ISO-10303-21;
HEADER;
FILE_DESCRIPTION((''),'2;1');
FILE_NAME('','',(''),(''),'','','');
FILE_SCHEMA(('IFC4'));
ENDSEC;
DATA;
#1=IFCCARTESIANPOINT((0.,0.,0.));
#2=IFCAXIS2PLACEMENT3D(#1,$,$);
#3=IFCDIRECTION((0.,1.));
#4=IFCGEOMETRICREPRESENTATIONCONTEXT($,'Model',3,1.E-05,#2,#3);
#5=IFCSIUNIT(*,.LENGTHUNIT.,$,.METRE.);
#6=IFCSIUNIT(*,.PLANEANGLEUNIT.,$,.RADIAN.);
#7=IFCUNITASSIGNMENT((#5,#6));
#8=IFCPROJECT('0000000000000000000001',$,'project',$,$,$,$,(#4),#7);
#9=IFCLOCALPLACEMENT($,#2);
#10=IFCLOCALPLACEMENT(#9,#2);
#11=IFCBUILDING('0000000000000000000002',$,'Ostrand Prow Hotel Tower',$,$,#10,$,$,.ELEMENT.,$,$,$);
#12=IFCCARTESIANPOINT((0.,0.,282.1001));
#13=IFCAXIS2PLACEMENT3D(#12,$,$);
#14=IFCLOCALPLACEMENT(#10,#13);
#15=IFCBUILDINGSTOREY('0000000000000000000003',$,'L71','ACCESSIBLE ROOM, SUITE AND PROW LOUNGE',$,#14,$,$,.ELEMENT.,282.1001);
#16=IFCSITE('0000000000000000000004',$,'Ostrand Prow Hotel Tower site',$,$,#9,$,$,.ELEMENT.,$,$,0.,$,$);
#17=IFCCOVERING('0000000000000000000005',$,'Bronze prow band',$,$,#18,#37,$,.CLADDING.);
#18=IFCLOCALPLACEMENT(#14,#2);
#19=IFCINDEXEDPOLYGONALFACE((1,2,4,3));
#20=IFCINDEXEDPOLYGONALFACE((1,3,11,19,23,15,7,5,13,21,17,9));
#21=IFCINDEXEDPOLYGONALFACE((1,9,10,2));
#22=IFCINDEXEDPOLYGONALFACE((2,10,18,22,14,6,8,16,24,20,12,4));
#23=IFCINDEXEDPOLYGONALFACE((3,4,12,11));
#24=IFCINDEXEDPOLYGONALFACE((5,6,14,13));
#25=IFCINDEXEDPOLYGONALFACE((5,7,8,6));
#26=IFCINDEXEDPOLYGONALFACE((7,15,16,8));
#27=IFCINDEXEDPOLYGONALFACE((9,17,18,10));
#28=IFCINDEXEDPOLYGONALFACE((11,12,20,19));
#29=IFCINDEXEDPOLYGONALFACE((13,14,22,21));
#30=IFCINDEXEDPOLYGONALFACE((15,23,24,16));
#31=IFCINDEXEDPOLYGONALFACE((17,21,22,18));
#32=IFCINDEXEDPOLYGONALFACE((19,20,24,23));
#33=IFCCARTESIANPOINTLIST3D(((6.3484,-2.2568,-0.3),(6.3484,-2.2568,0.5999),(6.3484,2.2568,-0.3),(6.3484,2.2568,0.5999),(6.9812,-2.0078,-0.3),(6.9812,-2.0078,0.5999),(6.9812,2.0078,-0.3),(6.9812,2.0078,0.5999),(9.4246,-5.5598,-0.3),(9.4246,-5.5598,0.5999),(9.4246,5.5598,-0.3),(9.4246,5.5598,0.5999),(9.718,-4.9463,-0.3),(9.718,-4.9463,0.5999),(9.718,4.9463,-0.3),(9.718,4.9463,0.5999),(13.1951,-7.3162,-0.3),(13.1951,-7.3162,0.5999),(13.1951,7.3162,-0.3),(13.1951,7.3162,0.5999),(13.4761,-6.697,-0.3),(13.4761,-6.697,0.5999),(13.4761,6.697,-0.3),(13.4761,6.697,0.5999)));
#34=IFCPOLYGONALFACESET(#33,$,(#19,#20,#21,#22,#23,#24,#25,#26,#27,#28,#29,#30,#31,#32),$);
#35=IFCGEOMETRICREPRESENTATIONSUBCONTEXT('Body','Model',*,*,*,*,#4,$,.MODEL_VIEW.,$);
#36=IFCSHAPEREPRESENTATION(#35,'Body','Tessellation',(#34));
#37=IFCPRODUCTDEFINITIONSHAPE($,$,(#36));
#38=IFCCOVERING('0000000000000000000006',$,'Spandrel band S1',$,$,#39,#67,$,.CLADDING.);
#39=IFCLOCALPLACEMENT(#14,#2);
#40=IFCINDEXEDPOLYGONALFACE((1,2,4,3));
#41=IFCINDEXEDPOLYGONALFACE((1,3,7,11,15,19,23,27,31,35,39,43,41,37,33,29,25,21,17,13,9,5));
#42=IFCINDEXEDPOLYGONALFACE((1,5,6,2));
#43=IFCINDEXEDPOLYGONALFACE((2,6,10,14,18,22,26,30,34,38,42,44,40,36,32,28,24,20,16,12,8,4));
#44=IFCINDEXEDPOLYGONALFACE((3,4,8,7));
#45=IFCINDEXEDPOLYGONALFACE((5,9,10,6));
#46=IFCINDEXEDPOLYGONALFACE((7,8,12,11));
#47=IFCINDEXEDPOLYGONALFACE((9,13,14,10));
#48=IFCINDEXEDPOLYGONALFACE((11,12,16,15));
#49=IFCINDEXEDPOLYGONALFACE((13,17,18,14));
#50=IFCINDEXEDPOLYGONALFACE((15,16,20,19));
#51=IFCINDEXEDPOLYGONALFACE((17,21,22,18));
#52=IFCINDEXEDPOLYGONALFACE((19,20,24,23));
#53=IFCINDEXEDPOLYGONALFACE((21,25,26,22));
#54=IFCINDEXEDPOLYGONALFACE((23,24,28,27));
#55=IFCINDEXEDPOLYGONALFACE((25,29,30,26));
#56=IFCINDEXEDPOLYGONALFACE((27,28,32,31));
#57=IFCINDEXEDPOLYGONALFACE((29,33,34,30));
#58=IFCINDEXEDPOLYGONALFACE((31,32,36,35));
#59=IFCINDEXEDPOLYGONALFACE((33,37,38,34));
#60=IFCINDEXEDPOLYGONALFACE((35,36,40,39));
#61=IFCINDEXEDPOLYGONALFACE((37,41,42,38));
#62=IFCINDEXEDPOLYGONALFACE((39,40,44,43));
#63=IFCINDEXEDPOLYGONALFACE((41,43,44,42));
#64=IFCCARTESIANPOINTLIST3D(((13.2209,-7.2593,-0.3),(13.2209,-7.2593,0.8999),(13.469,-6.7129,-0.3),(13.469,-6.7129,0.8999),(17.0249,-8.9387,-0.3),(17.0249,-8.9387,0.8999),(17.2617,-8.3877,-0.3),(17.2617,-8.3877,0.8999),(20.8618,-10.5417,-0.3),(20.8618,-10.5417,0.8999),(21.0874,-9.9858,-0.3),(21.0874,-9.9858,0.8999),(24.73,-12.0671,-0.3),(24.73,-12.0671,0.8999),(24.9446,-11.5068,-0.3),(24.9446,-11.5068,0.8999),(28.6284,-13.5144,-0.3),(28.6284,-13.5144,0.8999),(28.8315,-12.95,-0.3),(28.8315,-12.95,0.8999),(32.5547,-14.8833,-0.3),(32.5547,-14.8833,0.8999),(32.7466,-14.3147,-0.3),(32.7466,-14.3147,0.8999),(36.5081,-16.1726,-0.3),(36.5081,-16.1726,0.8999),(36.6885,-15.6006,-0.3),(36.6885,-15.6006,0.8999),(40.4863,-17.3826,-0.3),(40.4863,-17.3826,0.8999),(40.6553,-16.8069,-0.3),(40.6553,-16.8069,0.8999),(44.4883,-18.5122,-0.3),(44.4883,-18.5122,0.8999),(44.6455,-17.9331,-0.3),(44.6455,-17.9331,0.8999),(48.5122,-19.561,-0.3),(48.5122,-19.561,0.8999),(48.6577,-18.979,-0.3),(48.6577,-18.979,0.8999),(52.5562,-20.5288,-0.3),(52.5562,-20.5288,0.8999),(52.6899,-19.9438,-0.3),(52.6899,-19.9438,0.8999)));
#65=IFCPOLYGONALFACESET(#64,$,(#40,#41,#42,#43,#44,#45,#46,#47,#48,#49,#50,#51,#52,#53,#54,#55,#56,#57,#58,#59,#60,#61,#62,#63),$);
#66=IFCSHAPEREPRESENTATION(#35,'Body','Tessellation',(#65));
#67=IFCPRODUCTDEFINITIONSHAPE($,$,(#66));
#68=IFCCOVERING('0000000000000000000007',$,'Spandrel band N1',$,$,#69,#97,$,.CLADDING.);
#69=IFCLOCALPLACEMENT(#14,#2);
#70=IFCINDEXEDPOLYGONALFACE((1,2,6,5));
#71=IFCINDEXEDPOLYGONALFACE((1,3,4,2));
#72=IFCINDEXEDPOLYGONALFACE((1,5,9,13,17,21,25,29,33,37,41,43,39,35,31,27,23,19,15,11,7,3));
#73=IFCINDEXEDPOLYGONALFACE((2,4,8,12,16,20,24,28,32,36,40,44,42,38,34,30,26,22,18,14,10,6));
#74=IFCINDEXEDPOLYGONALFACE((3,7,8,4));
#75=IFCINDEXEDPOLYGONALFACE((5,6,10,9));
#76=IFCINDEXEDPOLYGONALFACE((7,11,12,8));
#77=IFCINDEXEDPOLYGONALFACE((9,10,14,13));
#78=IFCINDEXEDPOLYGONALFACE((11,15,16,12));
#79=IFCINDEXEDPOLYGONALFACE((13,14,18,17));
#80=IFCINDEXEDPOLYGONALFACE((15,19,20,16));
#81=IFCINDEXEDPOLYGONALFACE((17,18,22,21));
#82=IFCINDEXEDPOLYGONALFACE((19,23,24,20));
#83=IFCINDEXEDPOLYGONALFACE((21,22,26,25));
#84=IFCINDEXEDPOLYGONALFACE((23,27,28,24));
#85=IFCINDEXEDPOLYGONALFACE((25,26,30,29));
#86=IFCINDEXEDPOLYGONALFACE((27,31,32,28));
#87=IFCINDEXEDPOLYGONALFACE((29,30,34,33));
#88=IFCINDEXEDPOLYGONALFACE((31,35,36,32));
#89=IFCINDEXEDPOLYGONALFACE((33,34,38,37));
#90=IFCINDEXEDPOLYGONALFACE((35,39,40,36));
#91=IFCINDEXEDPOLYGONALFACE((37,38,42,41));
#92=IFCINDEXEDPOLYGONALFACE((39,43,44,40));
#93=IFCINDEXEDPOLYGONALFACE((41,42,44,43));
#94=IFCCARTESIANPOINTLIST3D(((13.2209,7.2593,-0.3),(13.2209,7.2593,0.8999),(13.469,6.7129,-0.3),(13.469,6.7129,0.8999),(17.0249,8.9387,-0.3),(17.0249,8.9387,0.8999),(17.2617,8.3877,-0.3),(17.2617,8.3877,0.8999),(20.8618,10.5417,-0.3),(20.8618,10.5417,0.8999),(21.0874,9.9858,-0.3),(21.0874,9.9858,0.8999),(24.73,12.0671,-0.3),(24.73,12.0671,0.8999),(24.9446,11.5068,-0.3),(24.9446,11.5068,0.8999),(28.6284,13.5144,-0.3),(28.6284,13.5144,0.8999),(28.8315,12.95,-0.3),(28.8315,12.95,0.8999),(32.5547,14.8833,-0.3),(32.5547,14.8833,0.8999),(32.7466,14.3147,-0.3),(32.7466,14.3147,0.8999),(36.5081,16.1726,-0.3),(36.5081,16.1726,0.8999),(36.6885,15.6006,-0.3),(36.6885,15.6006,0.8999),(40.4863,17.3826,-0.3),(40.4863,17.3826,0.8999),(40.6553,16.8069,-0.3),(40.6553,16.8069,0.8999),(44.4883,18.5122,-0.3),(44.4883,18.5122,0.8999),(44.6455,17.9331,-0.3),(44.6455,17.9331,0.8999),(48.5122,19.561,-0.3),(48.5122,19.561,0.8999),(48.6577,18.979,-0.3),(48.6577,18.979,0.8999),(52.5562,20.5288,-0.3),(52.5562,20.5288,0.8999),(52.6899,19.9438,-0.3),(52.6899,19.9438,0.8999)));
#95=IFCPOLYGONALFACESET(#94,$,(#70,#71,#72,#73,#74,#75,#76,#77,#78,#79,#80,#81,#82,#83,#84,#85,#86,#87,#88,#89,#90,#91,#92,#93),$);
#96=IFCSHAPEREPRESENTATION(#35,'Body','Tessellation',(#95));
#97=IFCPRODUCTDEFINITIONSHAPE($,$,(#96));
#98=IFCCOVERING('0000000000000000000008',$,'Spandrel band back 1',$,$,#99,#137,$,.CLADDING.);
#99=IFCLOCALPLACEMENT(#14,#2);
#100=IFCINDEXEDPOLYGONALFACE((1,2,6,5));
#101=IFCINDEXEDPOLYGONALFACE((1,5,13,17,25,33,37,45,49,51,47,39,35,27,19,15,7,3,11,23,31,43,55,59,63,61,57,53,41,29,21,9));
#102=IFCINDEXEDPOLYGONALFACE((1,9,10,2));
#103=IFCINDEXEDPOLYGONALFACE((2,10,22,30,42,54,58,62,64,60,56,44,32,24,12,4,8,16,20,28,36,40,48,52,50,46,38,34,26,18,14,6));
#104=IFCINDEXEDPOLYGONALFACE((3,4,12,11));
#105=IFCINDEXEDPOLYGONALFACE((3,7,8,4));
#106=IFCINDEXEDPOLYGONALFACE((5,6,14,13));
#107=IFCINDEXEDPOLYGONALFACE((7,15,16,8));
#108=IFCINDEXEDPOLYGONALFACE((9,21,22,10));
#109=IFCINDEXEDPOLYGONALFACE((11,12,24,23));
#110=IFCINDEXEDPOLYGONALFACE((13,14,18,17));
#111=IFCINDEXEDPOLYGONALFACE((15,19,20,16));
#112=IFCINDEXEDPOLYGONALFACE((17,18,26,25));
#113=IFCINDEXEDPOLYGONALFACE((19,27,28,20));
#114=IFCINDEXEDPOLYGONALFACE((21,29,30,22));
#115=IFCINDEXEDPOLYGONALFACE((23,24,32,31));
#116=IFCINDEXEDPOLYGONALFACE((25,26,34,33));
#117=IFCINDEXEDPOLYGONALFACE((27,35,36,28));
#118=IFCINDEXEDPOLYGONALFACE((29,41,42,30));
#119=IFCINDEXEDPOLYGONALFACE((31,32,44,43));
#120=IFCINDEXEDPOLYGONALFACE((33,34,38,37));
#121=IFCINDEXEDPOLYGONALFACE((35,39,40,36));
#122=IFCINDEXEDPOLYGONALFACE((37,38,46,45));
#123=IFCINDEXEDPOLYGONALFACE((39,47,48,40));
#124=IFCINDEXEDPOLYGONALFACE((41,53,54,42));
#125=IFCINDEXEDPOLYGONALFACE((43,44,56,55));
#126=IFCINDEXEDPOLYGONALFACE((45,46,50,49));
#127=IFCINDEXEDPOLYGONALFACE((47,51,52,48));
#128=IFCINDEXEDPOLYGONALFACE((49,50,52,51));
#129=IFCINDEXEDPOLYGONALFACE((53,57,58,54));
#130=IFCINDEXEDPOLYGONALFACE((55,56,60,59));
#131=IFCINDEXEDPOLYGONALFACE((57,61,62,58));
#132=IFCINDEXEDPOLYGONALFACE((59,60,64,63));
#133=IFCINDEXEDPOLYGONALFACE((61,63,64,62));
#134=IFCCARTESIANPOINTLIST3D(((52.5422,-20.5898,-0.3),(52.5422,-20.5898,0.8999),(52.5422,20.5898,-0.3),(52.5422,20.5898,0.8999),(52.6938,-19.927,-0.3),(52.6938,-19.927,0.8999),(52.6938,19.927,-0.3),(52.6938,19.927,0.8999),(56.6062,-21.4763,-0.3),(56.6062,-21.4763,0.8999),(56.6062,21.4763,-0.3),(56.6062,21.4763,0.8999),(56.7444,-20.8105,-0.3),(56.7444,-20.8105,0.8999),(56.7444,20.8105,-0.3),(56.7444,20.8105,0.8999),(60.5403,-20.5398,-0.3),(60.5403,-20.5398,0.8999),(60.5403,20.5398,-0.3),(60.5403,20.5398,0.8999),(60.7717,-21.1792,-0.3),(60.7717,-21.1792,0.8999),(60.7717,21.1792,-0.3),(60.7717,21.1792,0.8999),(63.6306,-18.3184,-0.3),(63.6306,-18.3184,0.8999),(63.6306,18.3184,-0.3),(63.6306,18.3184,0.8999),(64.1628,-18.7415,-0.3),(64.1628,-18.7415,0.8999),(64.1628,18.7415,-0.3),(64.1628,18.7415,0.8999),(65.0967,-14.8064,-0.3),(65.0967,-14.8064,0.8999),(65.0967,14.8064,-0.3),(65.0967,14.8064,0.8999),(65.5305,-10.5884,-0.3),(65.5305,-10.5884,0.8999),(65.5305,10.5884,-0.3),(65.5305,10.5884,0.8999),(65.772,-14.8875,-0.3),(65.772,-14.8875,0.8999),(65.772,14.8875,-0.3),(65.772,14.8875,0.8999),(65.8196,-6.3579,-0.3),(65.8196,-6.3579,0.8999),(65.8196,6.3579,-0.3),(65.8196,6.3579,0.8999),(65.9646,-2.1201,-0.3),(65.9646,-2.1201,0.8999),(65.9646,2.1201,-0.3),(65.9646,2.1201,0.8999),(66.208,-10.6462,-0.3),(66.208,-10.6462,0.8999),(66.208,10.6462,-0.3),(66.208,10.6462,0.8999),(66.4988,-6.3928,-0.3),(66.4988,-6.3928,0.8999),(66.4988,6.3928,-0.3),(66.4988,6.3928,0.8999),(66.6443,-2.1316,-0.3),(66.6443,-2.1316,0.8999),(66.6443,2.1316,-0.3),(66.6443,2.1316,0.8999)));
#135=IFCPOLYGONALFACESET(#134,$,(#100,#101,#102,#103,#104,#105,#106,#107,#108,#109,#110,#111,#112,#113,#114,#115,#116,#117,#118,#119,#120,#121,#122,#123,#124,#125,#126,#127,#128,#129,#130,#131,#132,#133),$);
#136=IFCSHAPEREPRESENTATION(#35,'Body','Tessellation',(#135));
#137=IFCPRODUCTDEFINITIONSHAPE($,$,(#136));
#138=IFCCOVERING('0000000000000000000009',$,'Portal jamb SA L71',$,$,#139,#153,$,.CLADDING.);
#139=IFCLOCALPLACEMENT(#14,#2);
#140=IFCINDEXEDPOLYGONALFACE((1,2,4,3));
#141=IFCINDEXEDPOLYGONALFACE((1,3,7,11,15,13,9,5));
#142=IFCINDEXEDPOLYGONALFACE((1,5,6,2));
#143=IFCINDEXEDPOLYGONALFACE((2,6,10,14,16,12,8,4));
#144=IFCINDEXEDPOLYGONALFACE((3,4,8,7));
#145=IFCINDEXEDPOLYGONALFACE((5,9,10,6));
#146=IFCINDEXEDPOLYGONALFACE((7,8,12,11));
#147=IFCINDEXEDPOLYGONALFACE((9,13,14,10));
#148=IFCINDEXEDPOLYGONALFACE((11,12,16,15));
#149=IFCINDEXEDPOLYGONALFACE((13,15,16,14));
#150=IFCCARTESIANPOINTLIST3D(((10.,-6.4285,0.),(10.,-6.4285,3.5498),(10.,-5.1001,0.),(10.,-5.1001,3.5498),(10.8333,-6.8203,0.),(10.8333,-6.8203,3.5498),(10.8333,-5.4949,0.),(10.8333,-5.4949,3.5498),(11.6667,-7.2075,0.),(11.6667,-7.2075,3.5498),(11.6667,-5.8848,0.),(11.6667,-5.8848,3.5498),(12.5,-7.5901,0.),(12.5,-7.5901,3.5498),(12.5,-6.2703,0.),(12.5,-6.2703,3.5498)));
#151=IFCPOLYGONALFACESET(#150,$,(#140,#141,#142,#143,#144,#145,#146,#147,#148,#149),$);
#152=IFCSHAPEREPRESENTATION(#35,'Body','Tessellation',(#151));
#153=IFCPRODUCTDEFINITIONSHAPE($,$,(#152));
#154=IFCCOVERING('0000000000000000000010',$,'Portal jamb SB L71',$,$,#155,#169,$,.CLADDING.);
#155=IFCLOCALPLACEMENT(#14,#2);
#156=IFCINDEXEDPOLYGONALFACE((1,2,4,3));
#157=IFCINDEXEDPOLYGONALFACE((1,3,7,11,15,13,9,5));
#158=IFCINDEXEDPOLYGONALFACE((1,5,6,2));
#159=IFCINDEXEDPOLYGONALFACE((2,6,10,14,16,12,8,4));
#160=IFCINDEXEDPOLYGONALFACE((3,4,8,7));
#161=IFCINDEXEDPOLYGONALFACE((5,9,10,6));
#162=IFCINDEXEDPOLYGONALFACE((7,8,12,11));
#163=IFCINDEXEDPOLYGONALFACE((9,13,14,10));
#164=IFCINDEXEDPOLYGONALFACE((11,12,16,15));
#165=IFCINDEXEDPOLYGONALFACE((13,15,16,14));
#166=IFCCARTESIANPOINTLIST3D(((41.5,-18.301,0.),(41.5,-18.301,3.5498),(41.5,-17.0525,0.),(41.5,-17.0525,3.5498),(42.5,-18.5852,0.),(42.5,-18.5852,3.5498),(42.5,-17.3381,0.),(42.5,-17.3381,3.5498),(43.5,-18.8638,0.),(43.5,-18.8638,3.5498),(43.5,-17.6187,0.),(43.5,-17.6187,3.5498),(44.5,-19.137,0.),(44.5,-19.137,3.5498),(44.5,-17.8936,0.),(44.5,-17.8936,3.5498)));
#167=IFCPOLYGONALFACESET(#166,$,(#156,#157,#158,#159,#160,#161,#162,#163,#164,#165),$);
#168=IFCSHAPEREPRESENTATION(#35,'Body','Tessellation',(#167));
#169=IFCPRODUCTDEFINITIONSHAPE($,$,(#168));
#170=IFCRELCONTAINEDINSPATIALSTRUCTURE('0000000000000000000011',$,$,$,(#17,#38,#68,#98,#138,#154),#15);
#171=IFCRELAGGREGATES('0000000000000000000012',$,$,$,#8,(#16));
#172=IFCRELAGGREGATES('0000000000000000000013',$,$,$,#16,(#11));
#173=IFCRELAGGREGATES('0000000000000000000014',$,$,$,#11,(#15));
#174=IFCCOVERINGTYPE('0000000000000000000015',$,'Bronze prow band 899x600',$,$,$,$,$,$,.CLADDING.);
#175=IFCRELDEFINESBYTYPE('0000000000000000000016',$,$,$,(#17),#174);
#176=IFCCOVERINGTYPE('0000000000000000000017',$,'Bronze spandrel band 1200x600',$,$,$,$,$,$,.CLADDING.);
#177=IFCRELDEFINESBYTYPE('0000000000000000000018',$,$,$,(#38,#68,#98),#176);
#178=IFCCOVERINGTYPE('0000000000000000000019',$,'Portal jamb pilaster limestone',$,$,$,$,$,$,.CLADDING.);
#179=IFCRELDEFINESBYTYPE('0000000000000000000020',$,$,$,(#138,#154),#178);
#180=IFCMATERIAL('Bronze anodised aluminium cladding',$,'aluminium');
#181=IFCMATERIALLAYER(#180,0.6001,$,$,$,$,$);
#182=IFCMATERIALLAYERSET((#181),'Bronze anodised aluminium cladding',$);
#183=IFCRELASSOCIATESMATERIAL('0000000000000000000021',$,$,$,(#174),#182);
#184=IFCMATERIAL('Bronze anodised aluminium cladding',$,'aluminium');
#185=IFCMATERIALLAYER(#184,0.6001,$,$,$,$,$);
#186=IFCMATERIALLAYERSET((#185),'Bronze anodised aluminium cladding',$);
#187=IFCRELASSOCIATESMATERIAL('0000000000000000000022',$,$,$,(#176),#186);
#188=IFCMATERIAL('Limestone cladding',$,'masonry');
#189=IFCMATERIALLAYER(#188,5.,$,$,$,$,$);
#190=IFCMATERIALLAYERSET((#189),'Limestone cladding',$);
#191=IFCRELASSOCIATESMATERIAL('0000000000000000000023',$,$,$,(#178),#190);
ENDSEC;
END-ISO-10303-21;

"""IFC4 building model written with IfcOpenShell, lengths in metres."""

from ifc_helpers import new_model, si_unit, direction, frame, origin, place, context, subcontext, project, spatial, polyline, outline, extrude, material, layer, layer_set, type_object, element, save


model = new_model("IFC4")

# Units and contexts
model_context = context("Model", 3, precision=1e-05, world=origin(), true_north=direction((0.0, 1.0)))
body_context = subcontext(model_context, "Body", "Model", "MODEL_VIEW")
ifc_project = project(units=[si_unit("LENGTHUNIT", "METRE"), si_unit("PLANEANGLEUNIT", "RADIAN")], contexts=[model_context])

# Site, building, storey
site_placement = place(None, origin())
site = spatial("IfcSite", under=ifc_project, at=site_placement, Name="Ostrand Prow Hotel Tower site", CompositionType="ELEMENT", RefElevation=0.0)
building_placement = place(site_placement, origin())
building = spatial("IfcBuilding", under=site, at=building_placement, Name="Ostrand Prow Hotel Tower", CompositionType="ELEMENT")
storey_placement = place(building_placement, frame((0.0, 0.0, 282.1001)))
storey = spatial("IfcBuildingStorey", under=building, at=storey_placement, Name="L71", Description="ACCESSIBLE ROOM, SUITE AND PROW LOUNGE", CompositionType="ELEMENT", Elevation=282.1001)

# Coverings
ifc_material_1 = material(Name="Bronze anodised aluminium cladding", Category="aluminium")
ifc_layer_1 = layer(ifc_material_1, 0.6001)
ifc_layer_set_1 = layer_set([ifc_layer_1], Name="Bronze anodised aluminium cladding")
covering_type_1 = type_object("IfcCoveringType", Name="Bronze prow band 899x600", PredefinedType="CLADDING", material=ifc_layer_set_1)
covering_1_placement = place(storey_placement, frame((0.0, 0.0, -0.3)))
element("IfcCovering", 1, at=covering_1_placement, inside=storey, type_object=covering_type_1, Name="Bronze prow band", PredefinedType="CLADDING", context=body_context, shape_type="SweptSolid", body=[
    extrude(outline(polyline([(13.1951, 7.3162), (9.4246, 5.5598), (6.3484, 2.2568), (6.3484, -2.2568), (9.4246, -5.5598), (13.1951, -7.3162), (13.4761, -6.697), (9.718, -4.9463), (6.9812, -2.0078), (6.9812, 2.0078), (9.718, 4.9463), (13.4761, 6.697), (13.1951, 7.3162)])), origin(), (0.0, 0.0, 1.0), 0.8999),
])
ifc_material_2 = material(Name="Bronze anodised aluminium cladding", Category="aluminium")
ifc_layer_2 = layer(ifc_material_2, 0.6001)
ifc_layer_set_2 = layer_set([ifc_layer_2], Name="Bronze anodised aluminium cladding")
covering_type_2 = type_object("IfcCoveringType", Name="Bronze spandrel band 1200x600", PredefinedType="CLADDING", material=ifc_layer_set_2)
covering_2_placement = place(storey_placement, frame((0.0, 0.0, -0.3)))
element("IfcCovering", 2, at=covering_2_placement, inside=storey, type_object=covering_type_2, Name="Spandrel band S1", PredefinedType="CLADDING", context=body_context, shape_type="SweptSolid", body=[
    extrude(outline(polyline([(13.2209, -7.2593), (17.0249, -8.9387), (20.8618, -10.5417), (24.73, -12.0671), (28.6284, -13.5144), (32.5547, -14.8833), (36.5081, -16.1726), (40.4863, -17.3826), (44.4883, -18.5122), (48.5122, -19.561), (52.5562, -20.5288), (52.6899, -19.9438), (48.6577, -18.979), (44.6455, -17.9331), (40.6553, -16.8069), (36.6885, -15.6006), (32.7466, -14.3147), (28.8315, -12.95), (24.9446, -11.5068), (21.0874, -9.9858), (17.2617, -8.3877), (13.469, -6.7129), (13.2209, -7.2593)])), origin(), (0.0, 0.0, 1.0), 1.2),
])
covering_3_placement = place(storey_placement, frame((0.0, 0.0, -0.3)))
element("IfcCovering", 3, at=covering_3_placement, inside=storey, type_object=covering_type_2, Name="Spandrel band N1", PredefinedType="CLADDING", context=body_context, shape_type="SweptSolid", body=[
    extrude(outline(polyline([(52.5562, 20.5288), (48.5122, 19.561), (44.4883, 18.5122), (40.4863, 17.3826), (36.5081, 16.1726), (32.5547, 14.8833), (28.6284, 13.5144), (24.73, 12.0671), (20.8618, 10.5417), (17.0249, 8.9387), (13.2209, 7.2593), (13.469, 6.7129), (17.2617, 8.3877), (21.0874, 9.9858), (24.9446, 11.5068), (28.8315, 12.95), (32.7466, 14.3147), (36.6885, 15.6006), (40.6553, 16.8069), (44.6455, 17.9331), (48.6577, 18.979), (52.6899, 19.9438), (52.5562, 20.5288)])), origin(), (0.0, 0.0, 1.0), 1.2),
])
covering_4_placement = place(storey_placement, frame((0.0, 0.0, -0.3)))
element("IfcCovering", 4, at=covering_4_placement, inside=storey, type_object=covering_type_2, Name="Spandrel band back 1", PredefinedType="CLADDING", context=body_context, shape_type="SweptSolid", body=[
    extrude(outline(polyline([(52.5422, -20.5898), (56.6062, -21.4763), (60.7717, -21.1792), (64.1628, -18.7415), (65.772, -14.8875), (66.208, -10.6462), (66.4988, -6.3928), (66.6443, -2.1316), (66.6443, 2.1316), (66.4988, 6.3928), (66.208, 10.6462), (65.772, 14.8875), (64.1628, 18.7415), (60.7717, 21.1792), (56.6062, 21.4763), (52.5422, 20.5898), (52.6938, 19.927), (56.7444, 20.8105), (60.5403, 20.5398), (63.6306, 18.3184), (65.0967, 14.8064), (65.5305, 10.5884), (65.8196, 6.3579), (65.9646, 2.1201), (65.9646, -2.1201), (65.8196, -6.3579), (65.5305, -10.5884), (65.0967, -14.8064), (63.6306, -18.3184), (60.5403, -20.5398), (56.7444, -20.8105), (52.6938, -19.927), (52.5422, -20.5898)])), origin(), (0.0, 0.0, 1.0), 1.2),
])
ifc_material_3 = material(Name="Limestone cladding", Category="masonry")
ifc_layer_3 = layer(ifc_material_3, 5.0)
ifc_layer_set_3 = layer_set([ifc_layer_3], Name="Limestone cladding")
covering_type_3 = type_object("IfcCoveringType", Name="Portal jamb pilaster limestone", PredefinedType="CLADDING", material=ifc_layer_set_3)
covering_5_placement = place(storey_placement, origin())
element("IfcCovering", 5, at=covering_5_placement, inside=storey, type_object=covering_type_3, Name="Portal jamb SA L71", PredefinedType="CLADDING", context=body_context, shape_type="SweptSolid", body=[
    extrude(outline(polyline([(10.0, -5.1001), (10.0, -6.4285), (10.8333, -6.8203), (11.6667, -7.2075), (12.5, -7.5901), (12.5, -6.2703), (11.6667, -5.8848), (10.8333, -5.4949), (10.0, -5.1001)])), origin(), (0.0, 0.0, 1.0), 3.5498),
])
covering_6_placement = place(storey_placement, origin())
element("IfcCovering", 6, at=covering_6_placement, inside=storey, type_object=covering_type_3, Name="Portal jamb SB L71", PredefinedType="CLADDING", context=body_context, shape_type="SweptSolid", body=[
    extrude(outline(polyline([(41.5, -17.0525), (41.5, -18.301), (42.5, -18.5852), (43.5, -18.8638), (44.5, -19.137), (44.5, -17.8936), (43.5, -17.6187), (42.5, -17.3381), (41.5, -17.0525)])), origin(), (0.0, 0.0, 1.0), 3.5498),
])

save(model, "model.ifc")
